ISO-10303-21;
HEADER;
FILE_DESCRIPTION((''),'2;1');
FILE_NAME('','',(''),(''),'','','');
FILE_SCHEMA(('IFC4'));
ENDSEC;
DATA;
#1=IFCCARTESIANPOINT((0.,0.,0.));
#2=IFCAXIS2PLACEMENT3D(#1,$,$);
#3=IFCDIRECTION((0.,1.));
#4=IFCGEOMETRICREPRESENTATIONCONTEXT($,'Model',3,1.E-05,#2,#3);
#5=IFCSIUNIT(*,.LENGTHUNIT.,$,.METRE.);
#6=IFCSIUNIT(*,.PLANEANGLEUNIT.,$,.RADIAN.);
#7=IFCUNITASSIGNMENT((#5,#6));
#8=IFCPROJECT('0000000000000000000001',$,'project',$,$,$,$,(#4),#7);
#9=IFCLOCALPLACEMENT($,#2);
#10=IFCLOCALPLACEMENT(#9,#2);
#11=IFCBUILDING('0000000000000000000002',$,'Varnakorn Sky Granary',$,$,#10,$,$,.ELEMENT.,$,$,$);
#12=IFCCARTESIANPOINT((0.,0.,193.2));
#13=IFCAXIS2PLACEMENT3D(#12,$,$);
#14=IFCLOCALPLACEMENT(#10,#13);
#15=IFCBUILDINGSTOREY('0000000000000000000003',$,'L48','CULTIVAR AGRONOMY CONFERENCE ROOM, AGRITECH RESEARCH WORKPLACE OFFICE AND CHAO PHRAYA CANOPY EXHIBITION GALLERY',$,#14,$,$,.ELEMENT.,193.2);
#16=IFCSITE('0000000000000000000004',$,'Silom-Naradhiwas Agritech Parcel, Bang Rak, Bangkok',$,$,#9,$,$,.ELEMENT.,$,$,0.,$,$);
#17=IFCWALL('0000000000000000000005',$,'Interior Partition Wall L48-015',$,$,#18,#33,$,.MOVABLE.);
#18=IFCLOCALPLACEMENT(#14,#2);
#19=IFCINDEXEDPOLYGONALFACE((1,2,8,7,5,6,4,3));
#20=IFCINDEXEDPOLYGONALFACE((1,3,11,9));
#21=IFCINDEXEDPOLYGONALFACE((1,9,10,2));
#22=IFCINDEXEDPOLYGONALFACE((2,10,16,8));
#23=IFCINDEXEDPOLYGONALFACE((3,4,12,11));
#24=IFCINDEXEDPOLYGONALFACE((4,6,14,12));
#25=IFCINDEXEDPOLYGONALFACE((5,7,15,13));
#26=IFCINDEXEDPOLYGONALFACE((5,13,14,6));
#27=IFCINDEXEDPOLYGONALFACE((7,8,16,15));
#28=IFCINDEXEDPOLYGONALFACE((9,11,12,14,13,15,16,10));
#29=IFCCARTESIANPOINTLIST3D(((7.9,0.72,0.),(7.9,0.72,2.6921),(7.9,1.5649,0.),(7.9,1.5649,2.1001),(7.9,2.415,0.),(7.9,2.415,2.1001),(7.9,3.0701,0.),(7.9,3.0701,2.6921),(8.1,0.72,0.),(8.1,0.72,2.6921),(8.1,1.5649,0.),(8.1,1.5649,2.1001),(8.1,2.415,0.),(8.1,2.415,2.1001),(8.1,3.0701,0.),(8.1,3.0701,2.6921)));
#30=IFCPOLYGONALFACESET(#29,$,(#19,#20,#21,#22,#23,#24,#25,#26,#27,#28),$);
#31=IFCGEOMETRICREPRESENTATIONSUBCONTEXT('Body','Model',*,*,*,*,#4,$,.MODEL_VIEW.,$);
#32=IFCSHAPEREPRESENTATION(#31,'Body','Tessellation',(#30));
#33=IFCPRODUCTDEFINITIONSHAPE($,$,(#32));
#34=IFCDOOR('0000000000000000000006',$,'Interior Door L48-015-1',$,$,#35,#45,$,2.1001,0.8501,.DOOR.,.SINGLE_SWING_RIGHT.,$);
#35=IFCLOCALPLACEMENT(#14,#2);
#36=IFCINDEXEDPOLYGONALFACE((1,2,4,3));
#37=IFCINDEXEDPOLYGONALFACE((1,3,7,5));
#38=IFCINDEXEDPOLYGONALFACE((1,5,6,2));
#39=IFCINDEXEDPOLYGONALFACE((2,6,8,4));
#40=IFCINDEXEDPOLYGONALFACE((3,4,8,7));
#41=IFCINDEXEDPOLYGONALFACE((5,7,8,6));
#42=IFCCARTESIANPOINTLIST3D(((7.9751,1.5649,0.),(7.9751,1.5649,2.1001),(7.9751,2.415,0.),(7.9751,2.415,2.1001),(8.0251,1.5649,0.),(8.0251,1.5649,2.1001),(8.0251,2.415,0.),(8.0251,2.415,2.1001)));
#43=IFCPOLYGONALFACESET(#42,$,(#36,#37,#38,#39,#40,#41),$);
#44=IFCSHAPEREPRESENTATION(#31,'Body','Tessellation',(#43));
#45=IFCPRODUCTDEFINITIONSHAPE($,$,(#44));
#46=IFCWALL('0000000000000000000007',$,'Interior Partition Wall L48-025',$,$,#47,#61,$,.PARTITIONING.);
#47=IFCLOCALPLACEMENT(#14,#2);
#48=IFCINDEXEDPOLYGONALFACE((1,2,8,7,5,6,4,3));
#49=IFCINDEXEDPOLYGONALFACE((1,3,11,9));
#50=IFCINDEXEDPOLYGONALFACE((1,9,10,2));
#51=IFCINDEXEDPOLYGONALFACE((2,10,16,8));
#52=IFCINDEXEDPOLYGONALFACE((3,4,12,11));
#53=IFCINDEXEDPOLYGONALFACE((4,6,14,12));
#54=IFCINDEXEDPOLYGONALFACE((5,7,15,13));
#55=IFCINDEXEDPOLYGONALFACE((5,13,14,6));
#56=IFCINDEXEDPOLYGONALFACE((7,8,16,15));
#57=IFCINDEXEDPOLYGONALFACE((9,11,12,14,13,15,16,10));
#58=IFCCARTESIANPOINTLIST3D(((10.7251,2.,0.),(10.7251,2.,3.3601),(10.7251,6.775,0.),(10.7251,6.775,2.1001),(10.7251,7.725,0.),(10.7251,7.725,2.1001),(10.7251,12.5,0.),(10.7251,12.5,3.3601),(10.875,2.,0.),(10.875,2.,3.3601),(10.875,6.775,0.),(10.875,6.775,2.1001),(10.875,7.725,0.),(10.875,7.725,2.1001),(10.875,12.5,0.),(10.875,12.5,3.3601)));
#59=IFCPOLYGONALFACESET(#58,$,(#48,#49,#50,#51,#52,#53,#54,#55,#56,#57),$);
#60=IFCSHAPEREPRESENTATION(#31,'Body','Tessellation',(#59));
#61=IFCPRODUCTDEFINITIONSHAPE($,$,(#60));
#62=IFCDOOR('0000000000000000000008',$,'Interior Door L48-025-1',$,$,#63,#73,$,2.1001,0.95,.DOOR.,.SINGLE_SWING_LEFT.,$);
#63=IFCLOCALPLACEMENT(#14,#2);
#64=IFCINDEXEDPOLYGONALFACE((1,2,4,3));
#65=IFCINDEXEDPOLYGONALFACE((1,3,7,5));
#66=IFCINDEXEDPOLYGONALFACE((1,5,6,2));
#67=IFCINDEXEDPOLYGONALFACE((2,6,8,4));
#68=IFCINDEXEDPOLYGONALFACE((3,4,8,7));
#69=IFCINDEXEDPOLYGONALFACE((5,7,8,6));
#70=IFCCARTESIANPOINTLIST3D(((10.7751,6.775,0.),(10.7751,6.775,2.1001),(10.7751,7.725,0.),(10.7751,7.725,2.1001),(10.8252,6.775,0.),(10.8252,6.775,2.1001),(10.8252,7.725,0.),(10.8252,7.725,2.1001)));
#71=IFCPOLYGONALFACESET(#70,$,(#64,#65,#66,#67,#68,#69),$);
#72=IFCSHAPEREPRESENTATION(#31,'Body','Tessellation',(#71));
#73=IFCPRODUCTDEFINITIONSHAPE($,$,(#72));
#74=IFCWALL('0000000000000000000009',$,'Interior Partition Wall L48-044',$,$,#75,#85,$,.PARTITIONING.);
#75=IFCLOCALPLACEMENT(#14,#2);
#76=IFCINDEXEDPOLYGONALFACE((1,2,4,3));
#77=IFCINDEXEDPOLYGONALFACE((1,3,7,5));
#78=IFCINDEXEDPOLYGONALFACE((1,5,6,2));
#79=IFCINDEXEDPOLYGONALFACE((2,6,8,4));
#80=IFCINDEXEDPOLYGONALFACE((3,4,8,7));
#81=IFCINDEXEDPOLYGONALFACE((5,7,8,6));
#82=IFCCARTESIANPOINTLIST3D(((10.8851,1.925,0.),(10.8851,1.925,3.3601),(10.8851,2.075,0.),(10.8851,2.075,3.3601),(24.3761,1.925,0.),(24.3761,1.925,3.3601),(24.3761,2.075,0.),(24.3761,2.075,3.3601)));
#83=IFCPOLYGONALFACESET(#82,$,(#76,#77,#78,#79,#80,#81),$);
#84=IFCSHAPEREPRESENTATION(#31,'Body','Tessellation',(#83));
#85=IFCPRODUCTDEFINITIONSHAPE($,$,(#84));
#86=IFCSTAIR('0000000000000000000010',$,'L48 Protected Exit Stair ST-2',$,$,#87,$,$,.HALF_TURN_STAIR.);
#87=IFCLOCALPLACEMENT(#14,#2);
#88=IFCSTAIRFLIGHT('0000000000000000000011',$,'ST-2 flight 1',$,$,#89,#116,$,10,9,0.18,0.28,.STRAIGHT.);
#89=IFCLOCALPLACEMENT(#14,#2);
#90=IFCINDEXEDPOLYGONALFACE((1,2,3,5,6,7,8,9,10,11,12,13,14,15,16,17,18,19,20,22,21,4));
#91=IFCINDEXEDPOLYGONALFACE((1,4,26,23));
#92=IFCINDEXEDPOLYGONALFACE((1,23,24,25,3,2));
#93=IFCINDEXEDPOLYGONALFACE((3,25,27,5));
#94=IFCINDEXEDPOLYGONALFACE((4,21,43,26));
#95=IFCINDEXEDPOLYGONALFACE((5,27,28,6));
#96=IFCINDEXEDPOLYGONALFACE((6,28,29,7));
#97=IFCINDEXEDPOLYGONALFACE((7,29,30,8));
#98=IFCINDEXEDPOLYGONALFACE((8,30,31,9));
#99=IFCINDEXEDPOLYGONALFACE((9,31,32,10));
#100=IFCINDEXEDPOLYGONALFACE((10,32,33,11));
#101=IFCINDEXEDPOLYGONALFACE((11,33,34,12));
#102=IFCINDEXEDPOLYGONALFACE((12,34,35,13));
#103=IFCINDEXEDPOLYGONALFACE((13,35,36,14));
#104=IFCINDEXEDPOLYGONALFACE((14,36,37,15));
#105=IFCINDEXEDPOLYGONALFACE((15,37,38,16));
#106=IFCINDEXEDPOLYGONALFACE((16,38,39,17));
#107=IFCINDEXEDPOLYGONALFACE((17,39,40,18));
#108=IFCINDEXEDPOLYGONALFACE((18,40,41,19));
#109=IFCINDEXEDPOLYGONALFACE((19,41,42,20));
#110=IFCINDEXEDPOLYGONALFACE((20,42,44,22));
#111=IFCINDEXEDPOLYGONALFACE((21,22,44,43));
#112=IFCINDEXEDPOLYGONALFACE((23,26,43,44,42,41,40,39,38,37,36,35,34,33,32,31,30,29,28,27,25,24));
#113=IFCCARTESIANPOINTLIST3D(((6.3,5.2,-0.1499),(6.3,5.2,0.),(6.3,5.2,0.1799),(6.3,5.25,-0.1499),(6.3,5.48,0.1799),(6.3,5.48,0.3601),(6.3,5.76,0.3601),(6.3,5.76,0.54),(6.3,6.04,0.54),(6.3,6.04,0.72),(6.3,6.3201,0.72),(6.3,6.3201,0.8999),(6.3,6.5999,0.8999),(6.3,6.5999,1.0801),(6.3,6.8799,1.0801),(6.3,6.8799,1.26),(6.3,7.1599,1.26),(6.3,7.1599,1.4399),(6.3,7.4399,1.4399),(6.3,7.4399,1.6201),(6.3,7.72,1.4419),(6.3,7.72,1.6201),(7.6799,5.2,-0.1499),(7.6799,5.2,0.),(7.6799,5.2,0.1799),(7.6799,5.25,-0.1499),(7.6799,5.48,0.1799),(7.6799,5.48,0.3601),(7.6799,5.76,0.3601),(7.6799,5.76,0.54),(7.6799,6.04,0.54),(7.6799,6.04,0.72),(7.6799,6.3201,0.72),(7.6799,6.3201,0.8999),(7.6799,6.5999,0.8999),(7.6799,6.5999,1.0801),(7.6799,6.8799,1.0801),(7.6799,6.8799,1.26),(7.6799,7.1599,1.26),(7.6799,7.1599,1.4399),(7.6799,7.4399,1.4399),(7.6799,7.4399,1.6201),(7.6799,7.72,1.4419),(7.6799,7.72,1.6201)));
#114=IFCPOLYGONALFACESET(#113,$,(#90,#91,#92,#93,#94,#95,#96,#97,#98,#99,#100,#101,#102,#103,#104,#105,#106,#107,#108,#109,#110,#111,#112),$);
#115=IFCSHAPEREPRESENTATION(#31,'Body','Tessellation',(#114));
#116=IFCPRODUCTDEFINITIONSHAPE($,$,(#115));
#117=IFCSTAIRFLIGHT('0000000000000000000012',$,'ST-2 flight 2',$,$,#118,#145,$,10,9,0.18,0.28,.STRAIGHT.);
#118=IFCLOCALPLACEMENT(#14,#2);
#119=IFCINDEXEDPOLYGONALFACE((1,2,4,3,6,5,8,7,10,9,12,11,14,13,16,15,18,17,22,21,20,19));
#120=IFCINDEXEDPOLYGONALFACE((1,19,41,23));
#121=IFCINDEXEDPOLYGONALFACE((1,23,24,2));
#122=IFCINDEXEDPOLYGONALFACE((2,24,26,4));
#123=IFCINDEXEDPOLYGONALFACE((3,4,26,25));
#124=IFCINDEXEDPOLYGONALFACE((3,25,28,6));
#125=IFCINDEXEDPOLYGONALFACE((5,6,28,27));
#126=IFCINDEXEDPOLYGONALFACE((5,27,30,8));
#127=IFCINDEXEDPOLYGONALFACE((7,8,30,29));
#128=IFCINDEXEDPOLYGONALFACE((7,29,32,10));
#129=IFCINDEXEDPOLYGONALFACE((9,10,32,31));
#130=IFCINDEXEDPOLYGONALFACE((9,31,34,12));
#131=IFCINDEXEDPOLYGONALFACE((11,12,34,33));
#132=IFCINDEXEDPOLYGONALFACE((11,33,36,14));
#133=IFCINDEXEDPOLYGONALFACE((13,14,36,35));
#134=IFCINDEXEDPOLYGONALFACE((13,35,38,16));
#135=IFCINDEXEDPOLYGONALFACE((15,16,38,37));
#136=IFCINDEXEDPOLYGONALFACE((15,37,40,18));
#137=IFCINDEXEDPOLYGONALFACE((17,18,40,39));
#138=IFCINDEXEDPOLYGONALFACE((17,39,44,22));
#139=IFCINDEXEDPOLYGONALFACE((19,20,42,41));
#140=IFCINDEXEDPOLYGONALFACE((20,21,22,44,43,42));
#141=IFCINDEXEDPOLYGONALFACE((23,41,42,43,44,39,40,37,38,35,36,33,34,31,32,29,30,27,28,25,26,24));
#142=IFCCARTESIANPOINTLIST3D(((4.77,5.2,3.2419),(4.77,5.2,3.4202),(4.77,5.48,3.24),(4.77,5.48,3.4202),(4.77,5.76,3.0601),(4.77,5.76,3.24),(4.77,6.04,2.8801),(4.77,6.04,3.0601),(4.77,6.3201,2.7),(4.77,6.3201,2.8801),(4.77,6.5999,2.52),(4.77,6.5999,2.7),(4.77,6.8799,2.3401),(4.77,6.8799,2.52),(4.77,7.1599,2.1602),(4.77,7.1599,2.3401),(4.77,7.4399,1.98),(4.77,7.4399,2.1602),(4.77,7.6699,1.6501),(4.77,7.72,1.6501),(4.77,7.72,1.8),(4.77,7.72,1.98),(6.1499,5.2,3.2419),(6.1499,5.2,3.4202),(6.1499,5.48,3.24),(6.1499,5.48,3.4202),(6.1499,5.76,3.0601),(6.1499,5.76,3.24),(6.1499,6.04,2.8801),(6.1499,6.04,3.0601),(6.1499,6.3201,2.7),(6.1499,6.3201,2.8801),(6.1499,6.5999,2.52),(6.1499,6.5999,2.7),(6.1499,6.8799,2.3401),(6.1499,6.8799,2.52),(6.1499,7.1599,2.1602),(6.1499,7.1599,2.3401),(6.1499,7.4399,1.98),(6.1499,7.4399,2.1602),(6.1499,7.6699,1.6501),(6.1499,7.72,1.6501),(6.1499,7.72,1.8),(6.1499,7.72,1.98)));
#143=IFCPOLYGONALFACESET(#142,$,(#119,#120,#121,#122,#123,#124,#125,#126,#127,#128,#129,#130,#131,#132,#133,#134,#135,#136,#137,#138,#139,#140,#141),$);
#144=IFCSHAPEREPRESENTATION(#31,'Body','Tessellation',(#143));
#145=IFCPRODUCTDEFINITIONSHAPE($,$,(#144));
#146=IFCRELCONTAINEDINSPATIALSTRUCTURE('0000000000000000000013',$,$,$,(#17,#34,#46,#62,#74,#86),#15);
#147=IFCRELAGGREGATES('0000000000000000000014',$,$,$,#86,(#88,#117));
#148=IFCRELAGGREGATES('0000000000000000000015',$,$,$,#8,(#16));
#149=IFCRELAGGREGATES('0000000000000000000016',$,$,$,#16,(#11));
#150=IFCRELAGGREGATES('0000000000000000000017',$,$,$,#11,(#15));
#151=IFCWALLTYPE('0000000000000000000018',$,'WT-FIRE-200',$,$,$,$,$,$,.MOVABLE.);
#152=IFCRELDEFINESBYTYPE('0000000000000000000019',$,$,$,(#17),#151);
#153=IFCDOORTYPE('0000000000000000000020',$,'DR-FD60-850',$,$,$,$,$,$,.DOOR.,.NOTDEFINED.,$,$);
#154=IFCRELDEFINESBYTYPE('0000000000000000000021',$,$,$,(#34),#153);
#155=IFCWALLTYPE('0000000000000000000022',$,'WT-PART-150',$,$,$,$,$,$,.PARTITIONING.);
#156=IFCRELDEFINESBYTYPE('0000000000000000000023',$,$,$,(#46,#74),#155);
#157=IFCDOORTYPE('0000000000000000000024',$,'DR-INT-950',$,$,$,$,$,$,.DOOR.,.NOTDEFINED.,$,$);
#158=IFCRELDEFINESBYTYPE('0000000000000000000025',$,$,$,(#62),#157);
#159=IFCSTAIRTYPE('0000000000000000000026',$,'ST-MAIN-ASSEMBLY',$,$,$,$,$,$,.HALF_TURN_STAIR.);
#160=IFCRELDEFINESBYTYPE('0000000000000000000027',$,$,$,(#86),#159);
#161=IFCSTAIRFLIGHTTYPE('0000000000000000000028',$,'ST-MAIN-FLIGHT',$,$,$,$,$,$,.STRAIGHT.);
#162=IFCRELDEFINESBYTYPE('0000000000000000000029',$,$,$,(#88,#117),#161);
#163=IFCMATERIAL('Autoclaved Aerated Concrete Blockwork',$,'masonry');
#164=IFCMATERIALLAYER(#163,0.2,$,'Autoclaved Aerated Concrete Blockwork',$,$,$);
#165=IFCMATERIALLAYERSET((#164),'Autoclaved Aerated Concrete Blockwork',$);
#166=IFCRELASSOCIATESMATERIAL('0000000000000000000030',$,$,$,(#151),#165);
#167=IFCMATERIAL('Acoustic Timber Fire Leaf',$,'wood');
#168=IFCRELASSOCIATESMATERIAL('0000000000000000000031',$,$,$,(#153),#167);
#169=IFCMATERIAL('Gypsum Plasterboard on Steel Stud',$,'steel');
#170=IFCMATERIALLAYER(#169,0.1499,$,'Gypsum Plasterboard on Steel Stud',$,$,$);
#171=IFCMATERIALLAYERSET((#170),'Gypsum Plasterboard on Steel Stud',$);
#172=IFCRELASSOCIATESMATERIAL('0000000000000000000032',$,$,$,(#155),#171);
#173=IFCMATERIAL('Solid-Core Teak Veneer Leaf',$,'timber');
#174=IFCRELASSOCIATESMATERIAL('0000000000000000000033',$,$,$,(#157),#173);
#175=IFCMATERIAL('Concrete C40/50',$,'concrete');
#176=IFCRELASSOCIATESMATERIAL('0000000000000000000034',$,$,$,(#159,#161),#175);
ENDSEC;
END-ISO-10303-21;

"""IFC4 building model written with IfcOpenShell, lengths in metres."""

from ifc_helpers import new_model, si_unit, direction, frame, frame_2d, origin, place, context, subcontext, project, spatial, polyline, rectangle, outline, extrude, material, layer, layer_set, type_object, element, fill, aggregate, save


model = new_model("IFC4")

# Units and contexts
model_context = context("Model", 3, precision=1e-05, world=origin(), true_north=direction((0.0, 1.0)))
body_context = subcontext(model_context, "Body", "Model", "MODEL_VIEW")
ifc_project = project(units=[si_unit("LENGTHUNIT", "METRE"), si_unit("PLANEANGLEUNIT", "RADIAN")], contexts=[model_context])

# Site, building, storey
site_placement = place(None, origin())
site = spatial("IfcSite", under=ifc_project, at=site_placement, Name="Silom-Naradhiwas Agritech Parcel, Bang Rak, Bangkok", CompositionType="ELEMENT", RefElevation=0.0)
building_placement = place(site_placement, origin())
building = spatial("IfcBuilding", under=site, at=building_placement, Name="Varnakorn Sky Granary", CompositionType="ELEMENT")
storey_placement = place(building_placement, frame((0.0, 0.0, 193.2)))
storey = spatial("IfcBuildingStorey", under=building, at=storey_placement, Name="L48", Description="CULTIVAR AGRONOMY CONFERENCE ROOM, AGRITECH RESEARCH WORKPLACE OFFICE AND CHAO PHRAYA CANOPY EXHIBITION GALLERY", CompositionType="ELEMENT", Elevation=193.2)

# Walls, openings, doors
ifc_material_1 = material(Name="Autoclaved Aerated Concrete Blockwork", Category="masonry")
ifc_layer_1 = layer(ifc_material_1, 0.2, Name="Autoclaved Aerated Concrete Blockwork")
ifc_layer_set_1 = layer_set([ifc_layer_1], Name="Autoclaved Aerated Concrete Blockwork")
wall_type_1 = type_object("IfcWallType", Name="WT-FIRE-200", PredefinedType="MOVABLE", material=ifc_layer_set_1)
ifc_material_2 = material(Name="Acoustic Timber Fire Leaf", Category="wood")
wall_1_placement = place(storey_placement, frame((8.0, 0.72, 0.0), z_axis=(0.0, 0.0, 1.0), x_axis=(0.0, 1.0, 0.0)))
wall_1 = element("IfcWall", 1, at=wall_1_placement, inside=storey, type_object=wall_type_1, Name="Interior Partition Wall L48-015", PredefinedType="MOVABLE", context=body_context, shape_type="SweptSolid", body=[
    extrude(rectangle(XDim=2.3501, YDim=0.2, at=frame_2d((1.175, 0.0))), origin(), (0.0, 0.0, 1.0), 2.6921),
])
opening_1_placement = place(wall_1_placement, frame((0.845, 0.0, 0.0)))
opening_1 = element("IfcOpeningElement", 2, at=opening_1_placement, cuts=wall_1, PredefinedType="OPENING", context=body_context, shape_type="SweptSolid", body=[
    extrude(rectangle(XDim=0.8501, YDim=2.1001, at=frame_2d((0.425, 1.05))), frame((0.0, 0.1099, 0.0), z_axis=(0.0, -1.0, 0.0), x_axis=(1.0, 0.0, 0.0)), (0.0, 0.0, 1.0), 0.22),
])
door_type_1 = type_object("IfcDoorType", Name="DR-FD60-850", OperationType="NOTDEFINED", PredefinedType="DOOR", material=ifc_material_2)
door_1_placement = place(opening_1_placement, origin())
door_1 = element("IfcDoor", 3, at=door_1_placement, inside=storey, type_object=door_type_1, Name="Interior Door L48-015-1", OperationType="SINGLE_SWING_RIGHT", OverallHeight=2.1001, OverallWidth=0.8501, PredefinedType="DOOR", context=body_context, shape_type="SweptSolid", body=[
    extrude(rectangle(XDim=0.8501, YDim=2.1001, at=frame_2d((0.425, 1.05))), frame((0.0, 0.0249, 0.0), z_axis=(0.0, -1.0, 0.0), x_axis=(1.0, 0.0, 0.0)), (0.0, 0.0, 1.0), 0.05),
])
fill(opening_1, door_1)
ifc_material_3 = material(Name="Gypsum Plasterboard on Steel Stud", Category="steel")
ifc_layer_2 = layer(ifc_material_3, 0.1499, Name="Gypsum Plasterboard on Steel Stud")
ifc_layer_set_2 = layer_set([ifc_layer_2], Name="Gypsum Plasterboard on Steel Stud")
wall_type_2 = type_object("IfcWallType", Name="WT-PART-150", PredefinedType="PARTITIONING", material=ifc_layer_set_2)
wall_2_placement = place(storey_placement, frame((10.8, 2.0, 0.0), z_axis=(0.0, 0.0, 1.0), x_axis=(0.0, 1.0, 0.0)))
wall_2 = element("IfcWall", 4, at=wall_2_placement, inside=storey, type_object=wall_type_2, Name="Interior Partition Wall L48-025", PredefinedType="PARTITIONING", context=body_context, shape_type="SweptSolid", body=[
    extrude(rectangle(XDim=10.5, YDim=0.1499, at=frame_2d((5.25, 0.0))), origin(), (0.0, 0.0, 1.0), 3.3601),
])
opening_2_placement = place(wall_2_placement, frame((4.7749, 0.0, 0.0)))
opening_2 = element("IfcOpeningElement", 5, at=opening_2_placement, cuts=wall_2, PredefinedType="OPENING", context=body_context, shape_type="SweptSolid", body=[
    extrude(rectangle(XDim=0.95, YDim=2.1001, at=frame_2d((0.4751, 1.05))), frame((0.0, 0.085, 0.0), z_axis=(0.0, -1.0, 0.0), x_axis=(1.0, 0.0, 0.0)), (0.0, 0.0, 1.0), 0.1699),
])
ifc_material_4 = material(Name="Solid-Core Teak Veneer Leaf", Category="timber")
door_type_2 = type_object("IfcDoorType", Name="DR-INT-950", OperationType="NOTDEFINED", PredefinedType="DOOR", material=ifc_material_4)
door_2_placement = place(opening_2_placement, origin())
door_2 = element("IfcDoor", 6, at=door_2_placement, inside=storey, type_object=door_type_2, Name="Interior Door L48-025-1", OperationType="SINGLE_SWING_LEFT", OverallHeight=2.1001, OverallWidth=0.95, PredefinedType="DOOR", context=body_context, shape_type="SweptSolid", body=[
    extrude(rectangle(XDim=0.95, YDim=2.1001, at=frame_2d((0.4751, 1.05))), frame((0.0, 0.0249, 0.0), z_axis=(0.0, -1.0, 0.0), x_axis=(1.0, 0.0, 0.0)), (0.0, 0.0, 1.0), 0.05),
])
fill(opening_2, door_2)

# Wall
wall_3_placement = place(storey_placement, frame((10.885, 2.0, 0.0), z_axis=(0.0, 0.0, 1.0), x_axis=(1.0, 0.0, 0.0)))
element("IfcWall", 7, at=wall_3_placement, inside=storey, type_object=wall_type_2, Name="Interior Partition Wall L48-044", PredefinedType="PARTITIONING", context=body_context, shape_type="SweptSolid", body=[
    extrude(rectangle(XDim=13.491, YDim=0.1499, at=frame_2d((6.7456, 0.0))), origin(), (0.0, 0.0, 1.0), 3.3601),
])

# Stair, stair flights
ifc_material_5 = material(Name="Concrete C40/50", Category="concrete")
stair_type = type_object("IfcStairType", Name="ST-MAIN-ASSEMBLY", PredefinedType="HALF_TURN_STAIR", material=ifc_material_5)
stair_placement = place(storey_placement, origin())
stair = element("IfcStair", 8, at=stair_placement, inside=storey, type_object=stair_type, Name="L48 Protected Exit Stair ST-2", PredefinedType="HALF_TURN_STAIR")
stair_flight_type = type_object("IfcStairFlightType", Name="ST-MAIN-FLIGHT", PredefinedType="STRAIGHT", material=ifc_material_5)
stair_flight_1_placement = place(storey_placement, frame((6.99, 5.2, 0.0), z_axis=(0.0, 0.0, 1.0), x_axis=(0.0, 1.0, 0.0)))
stair_flight_1 = element("IfcStairFlight", 9, at=stair_flight_1_placement, type_object=stair_flight_type, Name="ST-2 flight 1", NumberOfRisers=10, NumberOfTreads=9, PredefinedType="STRAIGHT", RiserHeight=0.18, TreadLength=0.28, context=body_context, shape_type="SweptSolid", body=[
    extrude(outline(polyline([(0.0, -0.1499), (0.0, 0.0), (0.0, 0.1799), (0.28, 0.1799), (0.28, 0.3601), (0.5601, 0.3601), (0.5601, 0.54), (0.8401, 0.54), (0.8401, 0.72), (1.1201, 0.72), (1.1201, 0.8999), (1.3999, 0.8999), (1.3999, 1.0801), (1.6799, 1.0801), (1.6799, 1.26), (1.96, 1.26), (1.96, 1.4399), (2.24, 1.4399), (2.24, 1.6201), (2.52, 1.6201), (2.52, 1.8), (2.52, 1.4419), (0.05, -0.1499), (0.0, -0.1499)])), frame((0.0, 0.6899, 0.0), z_axis=(0.0, -1.0, 0.0), x_axis=(1.0, 0.0, 0.0)), (0.0, 0.0, 1.0), 1.3799),
])
stair_flight_2_placement = place(storey_placement, frame((5.46, 7.72, 1.8), z_axis=(0.0, 0.0, 1.0), x_axis=(0.0, -1.0, 0.0)))
stair_flight_2 = element("IfcStairFlight", 10, at=stair_flight_2_placement, type_object=stair_flight_type, Name="ST-2 flight 2", NumberOfRisers=10, NumberOfTreads=9, PredefinedType="STRAIGHT", RiserHeight=0.18, TreadLength=0.28, context=body_context, shape_type="SweptSolid", body=[
    extrude(outline(polyline([(0.0, -0.1499), (0.0, 0.0), (0.0, 0.1799), (0.28, 0.1799), (0.28, 0.3601), (0.5601, 0.3601), (0.5601, 0.54), (0.8401, 0.54), (0.8401, 0.72), (1.1201, 0.72), (1.1201, 0.8999), (1.3999, 0.8999), (1.3999, 1.0801), (1.6799, 1.0801), (1.6799, 1.26), (1.96, 1.26), (1.96, 1.4399), (2.24, 1.4399), (2.24, 1.6201), (2.52, 1.6201), (2.52, 1.8), (2.52, 1.4419), (0.05, -0.1499), (0.0, -0.1499)])), frame((0.0, 0.6899, 0.0), z_axis=(0.0, -1.0, 0.0), x_axis=(1.0, 0.0, 0.0)), (0.0, 0.0, 1.0), 1.3799),
])
aggregate(stair, [stair_flight_1, stair_flight_2])

save(model, "model.ifc")
